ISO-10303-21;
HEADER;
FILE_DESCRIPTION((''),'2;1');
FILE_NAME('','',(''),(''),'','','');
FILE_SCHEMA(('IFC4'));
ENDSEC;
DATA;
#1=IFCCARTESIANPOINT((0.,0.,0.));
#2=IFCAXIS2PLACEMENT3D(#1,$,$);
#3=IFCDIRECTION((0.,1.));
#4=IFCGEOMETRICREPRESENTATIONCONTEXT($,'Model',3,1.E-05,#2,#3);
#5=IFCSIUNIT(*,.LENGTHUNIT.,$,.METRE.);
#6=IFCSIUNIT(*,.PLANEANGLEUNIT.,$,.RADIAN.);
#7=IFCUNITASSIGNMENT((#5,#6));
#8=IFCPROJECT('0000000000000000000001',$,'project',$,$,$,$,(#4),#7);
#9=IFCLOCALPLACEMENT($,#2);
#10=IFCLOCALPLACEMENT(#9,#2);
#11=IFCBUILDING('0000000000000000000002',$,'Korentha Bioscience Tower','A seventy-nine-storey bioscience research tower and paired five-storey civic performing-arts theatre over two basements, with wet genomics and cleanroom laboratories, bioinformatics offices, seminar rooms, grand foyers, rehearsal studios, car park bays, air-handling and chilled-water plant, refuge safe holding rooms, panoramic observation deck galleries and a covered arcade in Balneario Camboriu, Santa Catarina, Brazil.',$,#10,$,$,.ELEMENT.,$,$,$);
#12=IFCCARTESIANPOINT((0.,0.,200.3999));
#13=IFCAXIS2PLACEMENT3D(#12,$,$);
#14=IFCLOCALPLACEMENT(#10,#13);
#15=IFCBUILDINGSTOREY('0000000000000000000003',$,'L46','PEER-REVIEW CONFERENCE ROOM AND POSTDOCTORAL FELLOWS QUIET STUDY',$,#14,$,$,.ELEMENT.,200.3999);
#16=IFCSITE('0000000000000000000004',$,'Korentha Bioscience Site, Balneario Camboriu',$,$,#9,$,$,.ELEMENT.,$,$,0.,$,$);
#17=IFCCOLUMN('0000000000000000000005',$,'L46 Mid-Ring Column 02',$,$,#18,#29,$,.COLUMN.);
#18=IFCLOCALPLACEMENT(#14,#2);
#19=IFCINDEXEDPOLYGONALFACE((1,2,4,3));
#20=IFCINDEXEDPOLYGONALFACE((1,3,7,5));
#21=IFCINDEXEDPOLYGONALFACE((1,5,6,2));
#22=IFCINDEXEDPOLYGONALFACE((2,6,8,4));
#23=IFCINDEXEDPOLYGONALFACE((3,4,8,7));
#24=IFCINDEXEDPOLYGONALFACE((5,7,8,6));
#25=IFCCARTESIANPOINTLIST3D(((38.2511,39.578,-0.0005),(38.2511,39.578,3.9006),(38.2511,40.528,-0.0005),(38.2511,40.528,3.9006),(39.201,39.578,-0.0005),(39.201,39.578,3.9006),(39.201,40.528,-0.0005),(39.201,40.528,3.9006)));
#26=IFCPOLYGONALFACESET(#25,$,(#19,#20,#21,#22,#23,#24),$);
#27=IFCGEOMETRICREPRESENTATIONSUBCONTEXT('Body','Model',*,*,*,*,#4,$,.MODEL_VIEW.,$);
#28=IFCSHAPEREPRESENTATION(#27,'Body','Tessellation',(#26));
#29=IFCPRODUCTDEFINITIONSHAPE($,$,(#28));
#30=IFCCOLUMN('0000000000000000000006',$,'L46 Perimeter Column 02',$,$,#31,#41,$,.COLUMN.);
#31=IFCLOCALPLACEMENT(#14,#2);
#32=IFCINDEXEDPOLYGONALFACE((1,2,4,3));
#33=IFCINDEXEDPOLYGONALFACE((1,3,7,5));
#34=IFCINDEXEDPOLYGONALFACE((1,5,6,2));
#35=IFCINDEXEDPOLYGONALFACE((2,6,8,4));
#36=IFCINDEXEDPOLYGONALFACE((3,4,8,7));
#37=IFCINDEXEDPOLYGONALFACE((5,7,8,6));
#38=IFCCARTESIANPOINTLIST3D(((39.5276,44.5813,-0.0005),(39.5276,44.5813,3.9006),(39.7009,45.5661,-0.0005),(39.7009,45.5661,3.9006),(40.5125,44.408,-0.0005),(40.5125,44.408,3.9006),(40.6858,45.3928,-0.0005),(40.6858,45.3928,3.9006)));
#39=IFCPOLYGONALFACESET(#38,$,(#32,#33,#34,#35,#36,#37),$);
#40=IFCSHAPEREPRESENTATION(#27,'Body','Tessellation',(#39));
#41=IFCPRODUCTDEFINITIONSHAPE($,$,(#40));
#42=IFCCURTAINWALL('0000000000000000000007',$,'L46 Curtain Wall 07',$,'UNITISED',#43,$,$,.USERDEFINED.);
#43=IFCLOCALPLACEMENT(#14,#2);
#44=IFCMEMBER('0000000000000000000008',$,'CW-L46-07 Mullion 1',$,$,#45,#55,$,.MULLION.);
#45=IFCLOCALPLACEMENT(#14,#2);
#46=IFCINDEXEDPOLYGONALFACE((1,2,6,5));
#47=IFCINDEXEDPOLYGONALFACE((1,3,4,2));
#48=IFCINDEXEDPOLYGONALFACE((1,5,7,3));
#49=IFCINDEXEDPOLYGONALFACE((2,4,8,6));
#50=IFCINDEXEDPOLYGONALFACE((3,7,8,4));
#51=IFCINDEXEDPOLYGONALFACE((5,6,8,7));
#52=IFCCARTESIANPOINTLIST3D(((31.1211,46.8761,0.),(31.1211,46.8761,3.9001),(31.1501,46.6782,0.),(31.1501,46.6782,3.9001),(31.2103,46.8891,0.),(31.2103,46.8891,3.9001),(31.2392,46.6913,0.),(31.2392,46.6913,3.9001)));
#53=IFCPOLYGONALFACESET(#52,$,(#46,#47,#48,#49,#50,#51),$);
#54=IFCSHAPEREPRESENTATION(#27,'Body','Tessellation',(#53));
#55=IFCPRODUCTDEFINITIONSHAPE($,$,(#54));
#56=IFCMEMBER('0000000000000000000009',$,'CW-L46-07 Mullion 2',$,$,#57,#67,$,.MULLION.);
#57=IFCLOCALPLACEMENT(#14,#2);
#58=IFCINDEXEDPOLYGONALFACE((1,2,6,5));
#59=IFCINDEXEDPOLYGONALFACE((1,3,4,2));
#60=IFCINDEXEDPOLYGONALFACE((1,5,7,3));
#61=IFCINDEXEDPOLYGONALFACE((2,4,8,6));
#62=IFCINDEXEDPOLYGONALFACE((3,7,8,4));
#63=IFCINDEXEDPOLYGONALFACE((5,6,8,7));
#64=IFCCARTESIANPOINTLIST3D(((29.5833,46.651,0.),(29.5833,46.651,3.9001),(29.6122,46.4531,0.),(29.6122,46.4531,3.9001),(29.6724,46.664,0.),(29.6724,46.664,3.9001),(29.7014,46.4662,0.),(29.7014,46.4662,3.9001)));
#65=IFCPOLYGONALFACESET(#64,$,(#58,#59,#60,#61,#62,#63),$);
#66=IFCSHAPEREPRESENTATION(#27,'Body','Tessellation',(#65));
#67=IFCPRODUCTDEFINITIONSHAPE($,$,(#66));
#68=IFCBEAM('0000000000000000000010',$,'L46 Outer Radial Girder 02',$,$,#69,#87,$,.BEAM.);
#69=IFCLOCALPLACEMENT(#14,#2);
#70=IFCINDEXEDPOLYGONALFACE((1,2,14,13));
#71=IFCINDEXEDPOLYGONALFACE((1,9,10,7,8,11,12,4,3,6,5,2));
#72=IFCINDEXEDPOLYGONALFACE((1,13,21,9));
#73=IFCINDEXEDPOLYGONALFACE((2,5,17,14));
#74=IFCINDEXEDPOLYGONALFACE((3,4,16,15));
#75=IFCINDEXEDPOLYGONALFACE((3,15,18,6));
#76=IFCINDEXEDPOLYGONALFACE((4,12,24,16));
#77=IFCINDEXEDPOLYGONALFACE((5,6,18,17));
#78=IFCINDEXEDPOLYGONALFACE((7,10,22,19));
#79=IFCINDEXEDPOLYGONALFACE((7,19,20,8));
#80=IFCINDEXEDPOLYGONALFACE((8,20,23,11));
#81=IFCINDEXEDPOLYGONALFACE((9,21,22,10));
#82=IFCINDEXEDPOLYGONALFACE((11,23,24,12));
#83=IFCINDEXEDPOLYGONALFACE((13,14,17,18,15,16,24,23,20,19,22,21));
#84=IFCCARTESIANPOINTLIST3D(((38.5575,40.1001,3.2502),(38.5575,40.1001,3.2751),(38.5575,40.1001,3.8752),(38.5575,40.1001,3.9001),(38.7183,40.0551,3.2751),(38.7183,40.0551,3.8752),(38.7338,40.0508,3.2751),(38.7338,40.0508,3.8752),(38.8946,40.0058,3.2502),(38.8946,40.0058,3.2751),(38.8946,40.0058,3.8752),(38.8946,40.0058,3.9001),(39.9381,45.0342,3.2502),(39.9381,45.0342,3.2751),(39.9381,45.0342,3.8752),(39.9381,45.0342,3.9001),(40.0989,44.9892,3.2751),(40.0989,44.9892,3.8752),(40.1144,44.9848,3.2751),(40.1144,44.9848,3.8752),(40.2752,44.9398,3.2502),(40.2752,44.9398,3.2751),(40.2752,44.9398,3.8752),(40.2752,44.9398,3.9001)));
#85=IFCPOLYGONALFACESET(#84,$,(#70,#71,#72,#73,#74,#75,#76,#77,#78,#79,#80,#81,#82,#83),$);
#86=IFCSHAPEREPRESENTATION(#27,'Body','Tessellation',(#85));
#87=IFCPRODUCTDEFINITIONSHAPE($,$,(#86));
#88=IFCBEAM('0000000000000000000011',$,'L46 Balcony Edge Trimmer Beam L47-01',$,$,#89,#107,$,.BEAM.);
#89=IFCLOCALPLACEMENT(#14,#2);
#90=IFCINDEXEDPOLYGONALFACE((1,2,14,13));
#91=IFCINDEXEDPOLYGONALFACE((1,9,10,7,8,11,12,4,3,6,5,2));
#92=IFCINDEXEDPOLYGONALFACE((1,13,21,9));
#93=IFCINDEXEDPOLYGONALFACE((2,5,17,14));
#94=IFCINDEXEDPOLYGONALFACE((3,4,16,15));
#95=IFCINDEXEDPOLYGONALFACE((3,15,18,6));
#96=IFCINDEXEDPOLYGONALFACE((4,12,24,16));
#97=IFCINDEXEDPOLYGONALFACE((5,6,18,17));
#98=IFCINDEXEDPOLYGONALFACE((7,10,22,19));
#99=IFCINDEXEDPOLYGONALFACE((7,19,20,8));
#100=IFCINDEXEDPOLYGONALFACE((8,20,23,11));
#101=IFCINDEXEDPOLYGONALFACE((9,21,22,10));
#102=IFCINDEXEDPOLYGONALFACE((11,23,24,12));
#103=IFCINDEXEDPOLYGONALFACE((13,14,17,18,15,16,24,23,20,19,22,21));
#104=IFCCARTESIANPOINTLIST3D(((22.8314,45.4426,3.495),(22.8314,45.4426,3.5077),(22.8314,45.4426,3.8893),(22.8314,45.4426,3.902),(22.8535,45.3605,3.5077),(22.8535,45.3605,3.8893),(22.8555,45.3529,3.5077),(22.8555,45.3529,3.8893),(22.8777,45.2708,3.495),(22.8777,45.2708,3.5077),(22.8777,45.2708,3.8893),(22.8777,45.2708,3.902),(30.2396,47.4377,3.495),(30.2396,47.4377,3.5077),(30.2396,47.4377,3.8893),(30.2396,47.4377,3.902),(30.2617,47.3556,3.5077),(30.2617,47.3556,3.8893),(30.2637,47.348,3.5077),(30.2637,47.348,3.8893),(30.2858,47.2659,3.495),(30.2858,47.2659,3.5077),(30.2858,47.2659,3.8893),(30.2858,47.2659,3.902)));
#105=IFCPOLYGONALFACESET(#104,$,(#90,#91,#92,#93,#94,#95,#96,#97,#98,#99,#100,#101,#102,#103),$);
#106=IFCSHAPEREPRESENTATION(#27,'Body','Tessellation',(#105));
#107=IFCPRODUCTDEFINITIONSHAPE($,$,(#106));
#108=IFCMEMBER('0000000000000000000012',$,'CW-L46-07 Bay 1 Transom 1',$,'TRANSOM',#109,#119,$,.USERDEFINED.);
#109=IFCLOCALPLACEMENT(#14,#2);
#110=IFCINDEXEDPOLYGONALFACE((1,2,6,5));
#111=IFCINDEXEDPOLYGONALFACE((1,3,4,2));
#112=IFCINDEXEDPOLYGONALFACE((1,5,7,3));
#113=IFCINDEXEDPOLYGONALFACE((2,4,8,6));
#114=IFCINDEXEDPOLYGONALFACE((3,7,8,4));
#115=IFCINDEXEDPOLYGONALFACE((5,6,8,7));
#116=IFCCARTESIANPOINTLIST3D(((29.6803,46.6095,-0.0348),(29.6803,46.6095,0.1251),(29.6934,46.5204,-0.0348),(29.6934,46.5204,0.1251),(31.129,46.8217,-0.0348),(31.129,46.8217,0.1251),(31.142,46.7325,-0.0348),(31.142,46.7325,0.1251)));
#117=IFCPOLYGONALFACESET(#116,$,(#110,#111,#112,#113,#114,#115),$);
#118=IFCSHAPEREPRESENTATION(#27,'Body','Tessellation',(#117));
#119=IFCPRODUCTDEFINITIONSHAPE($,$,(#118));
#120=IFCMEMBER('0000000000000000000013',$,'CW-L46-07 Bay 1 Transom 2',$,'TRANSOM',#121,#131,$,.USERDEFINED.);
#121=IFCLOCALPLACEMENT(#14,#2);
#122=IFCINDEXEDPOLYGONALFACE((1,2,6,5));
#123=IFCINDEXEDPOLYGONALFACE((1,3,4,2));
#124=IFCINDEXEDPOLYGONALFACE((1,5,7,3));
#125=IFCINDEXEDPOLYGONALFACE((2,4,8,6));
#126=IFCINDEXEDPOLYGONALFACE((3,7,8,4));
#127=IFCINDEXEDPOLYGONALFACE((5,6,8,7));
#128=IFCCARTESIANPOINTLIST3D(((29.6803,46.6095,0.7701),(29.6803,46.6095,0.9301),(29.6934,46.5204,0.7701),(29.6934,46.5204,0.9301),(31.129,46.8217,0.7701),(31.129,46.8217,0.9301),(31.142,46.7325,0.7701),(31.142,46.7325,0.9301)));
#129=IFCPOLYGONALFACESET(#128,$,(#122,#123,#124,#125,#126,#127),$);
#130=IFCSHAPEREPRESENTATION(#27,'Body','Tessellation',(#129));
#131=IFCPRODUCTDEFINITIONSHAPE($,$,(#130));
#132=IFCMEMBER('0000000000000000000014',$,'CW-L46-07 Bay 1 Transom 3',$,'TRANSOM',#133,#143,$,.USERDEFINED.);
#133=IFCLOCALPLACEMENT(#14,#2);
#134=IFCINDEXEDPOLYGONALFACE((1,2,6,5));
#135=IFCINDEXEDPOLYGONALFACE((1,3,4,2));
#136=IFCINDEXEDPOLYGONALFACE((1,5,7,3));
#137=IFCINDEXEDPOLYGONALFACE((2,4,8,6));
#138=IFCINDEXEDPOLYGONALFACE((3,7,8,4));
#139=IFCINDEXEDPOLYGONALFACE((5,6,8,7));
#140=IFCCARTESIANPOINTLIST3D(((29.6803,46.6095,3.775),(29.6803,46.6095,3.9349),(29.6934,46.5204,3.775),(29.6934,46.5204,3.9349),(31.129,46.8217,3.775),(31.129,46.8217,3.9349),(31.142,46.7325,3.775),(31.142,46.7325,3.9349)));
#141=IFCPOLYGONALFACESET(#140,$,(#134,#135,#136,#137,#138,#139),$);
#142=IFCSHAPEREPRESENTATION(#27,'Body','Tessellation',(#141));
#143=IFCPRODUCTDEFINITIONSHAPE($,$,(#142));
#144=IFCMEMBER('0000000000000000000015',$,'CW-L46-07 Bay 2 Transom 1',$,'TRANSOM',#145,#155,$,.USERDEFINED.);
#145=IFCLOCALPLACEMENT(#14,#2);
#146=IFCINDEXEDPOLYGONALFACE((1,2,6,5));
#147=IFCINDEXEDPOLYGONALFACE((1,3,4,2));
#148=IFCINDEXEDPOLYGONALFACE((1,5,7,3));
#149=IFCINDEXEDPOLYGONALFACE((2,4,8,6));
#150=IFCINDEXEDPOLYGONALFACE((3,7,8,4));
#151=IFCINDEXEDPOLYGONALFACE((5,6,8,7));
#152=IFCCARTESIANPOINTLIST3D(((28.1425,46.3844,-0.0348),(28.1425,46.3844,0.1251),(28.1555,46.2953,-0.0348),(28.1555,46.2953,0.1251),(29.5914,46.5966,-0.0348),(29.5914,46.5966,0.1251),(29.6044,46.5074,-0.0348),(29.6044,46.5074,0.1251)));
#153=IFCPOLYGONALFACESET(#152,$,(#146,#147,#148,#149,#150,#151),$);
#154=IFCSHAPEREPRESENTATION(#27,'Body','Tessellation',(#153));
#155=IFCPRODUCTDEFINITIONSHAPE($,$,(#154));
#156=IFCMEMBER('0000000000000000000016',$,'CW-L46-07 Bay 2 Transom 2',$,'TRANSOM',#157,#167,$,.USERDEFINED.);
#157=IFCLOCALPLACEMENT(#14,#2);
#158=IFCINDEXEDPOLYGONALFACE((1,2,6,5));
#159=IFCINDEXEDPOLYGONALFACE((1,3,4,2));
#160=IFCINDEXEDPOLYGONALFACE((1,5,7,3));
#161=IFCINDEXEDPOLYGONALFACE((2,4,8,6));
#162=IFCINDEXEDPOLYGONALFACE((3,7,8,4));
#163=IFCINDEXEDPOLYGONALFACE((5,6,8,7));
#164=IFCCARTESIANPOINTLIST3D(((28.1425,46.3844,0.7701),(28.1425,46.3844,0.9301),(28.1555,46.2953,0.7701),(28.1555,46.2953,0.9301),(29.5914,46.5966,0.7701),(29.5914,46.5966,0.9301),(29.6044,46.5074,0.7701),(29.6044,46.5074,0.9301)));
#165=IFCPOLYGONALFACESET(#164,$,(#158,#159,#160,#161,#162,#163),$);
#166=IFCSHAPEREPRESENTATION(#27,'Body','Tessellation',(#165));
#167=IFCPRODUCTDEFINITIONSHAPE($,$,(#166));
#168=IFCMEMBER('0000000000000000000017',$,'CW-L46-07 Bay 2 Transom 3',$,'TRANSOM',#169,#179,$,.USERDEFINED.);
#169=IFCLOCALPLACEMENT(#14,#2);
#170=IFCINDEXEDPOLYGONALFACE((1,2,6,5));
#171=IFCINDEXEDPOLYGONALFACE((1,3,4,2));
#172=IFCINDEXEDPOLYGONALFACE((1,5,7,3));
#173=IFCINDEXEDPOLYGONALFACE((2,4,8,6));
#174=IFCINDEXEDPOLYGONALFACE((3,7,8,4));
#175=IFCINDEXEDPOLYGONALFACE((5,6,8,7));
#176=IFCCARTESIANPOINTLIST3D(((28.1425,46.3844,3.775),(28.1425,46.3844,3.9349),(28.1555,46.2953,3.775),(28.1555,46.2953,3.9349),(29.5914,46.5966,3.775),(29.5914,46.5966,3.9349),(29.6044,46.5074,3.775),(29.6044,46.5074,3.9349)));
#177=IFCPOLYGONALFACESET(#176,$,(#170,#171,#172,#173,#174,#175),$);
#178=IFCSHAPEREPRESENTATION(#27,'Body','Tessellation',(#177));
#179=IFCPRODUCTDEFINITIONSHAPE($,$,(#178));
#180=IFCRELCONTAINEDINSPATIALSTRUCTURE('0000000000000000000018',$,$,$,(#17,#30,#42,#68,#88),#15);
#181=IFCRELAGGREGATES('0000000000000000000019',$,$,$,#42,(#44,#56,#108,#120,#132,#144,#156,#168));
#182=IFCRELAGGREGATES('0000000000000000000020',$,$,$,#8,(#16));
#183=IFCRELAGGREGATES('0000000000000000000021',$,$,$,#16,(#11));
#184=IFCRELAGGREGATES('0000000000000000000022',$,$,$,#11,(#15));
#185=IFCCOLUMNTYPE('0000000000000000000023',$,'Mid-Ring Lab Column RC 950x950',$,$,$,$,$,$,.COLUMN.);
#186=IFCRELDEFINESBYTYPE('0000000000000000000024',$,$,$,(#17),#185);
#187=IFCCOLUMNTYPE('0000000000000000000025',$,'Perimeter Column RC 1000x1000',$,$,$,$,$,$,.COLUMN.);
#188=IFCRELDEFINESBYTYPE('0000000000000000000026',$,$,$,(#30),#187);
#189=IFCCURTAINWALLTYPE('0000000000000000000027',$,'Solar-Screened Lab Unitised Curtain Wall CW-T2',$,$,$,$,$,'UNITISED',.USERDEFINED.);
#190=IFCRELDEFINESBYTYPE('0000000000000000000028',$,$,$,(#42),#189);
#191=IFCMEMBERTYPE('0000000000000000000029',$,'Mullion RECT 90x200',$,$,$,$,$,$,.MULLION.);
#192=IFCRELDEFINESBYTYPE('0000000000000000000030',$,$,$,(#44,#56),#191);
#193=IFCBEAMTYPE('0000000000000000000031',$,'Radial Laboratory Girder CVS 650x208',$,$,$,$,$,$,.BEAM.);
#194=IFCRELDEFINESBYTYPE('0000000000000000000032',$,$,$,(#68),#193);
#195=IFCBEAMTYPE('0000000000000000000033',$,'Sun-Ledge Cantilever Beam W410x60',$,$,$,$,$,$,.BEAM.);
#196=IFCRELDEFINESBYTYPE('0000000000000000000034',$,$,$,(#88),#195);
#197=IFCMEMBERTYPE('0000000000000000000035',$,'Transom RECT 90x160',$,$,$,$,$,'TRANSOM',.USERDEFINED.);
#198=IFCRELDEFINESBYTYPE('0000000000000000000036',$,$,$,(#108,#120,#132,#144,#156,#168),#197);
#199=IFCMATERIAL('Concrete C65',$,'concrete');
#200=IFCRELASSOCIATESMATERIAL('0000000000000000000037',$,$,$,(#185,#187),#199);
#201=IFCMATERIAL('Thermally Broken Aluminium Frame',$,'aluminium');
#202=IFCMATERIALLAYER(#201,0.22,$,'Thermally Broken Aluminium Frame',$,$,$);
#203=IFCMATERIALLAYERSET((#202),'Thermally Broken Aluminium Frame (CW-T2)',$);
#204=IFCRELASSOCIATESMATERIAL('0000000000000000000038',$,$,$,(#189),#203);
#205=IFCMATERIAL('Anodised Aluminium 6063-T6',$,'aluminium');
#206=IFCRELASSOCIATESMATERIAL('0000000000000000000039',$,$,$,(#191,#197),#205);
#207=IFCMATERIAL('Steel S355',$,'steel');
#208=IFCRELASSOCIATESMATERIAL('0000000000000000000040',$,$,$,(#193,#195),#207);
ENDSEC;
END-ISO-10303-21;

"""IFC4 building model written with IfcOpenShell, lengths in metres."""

from ifc_helpers import new_model, si_unit, direction, frame, origin, origin_2d, place, context, subcontext, project, spatial, rectangle, i_section, extrude, material, layer, layer_set, material_profile, profile_set, type_object, element, aggregate, save


model = new_model("IFC4")

# Units and contexts
model_context = context("Model", 3, precision=1e-05, world=origin(), true_north=direction((0.0, 1.0)))
body_context = subcontext(model_context, "Body", "Model", "MODEL_VIEW")
ifc_project = project(units=[si_unit("LENGTHUNIT", "METRE"), si_unit("PLANEANGLEUNIT", "RADIAN")], contexts=[model_context])

# Site, building, storey
site_placement = place(None, origin())
site = spatial("IfcSite", under=ifc_project, at=site_placement, Name="Korentha Bioscience Site, Balneario Camboriu", CompositionType="ELEMENT", RefElevation=0.0)
building_placement = place(site_placement, origin())
building = spatial("IfcBuilding", under=site, at=building_placement, Name="Korentha Bioscience Tower", Description="A seventy-nine-storey bioscience research tower and paired five-storey civic performing-arts theatre over two basements, with wet genomics and cleanroom laboratories, bioinformatics offices, seminar rooms, grand foyers, rehearsal studios, car park bays, air-handling and chilled-water plant, refuge safe holding rooms, panoramic observation deck galleries and a covered arcade in Balneario Camboriu, Santa Catarina, Brazil.", CompositionType="ELEMENT")
storey_placement = place(building_placement, frame((0.0, 0.0, 200.3999)))
storey = spatial("IfcBuildingStorey", under=building, at=storey_placement, Name="L46", Description="PEER-REVIEW CONFERENCE ROOM AND POSTDOCTORAL FELLOWS QUIET STUDY", CompositionType="ELEMENT", Elevation=200.3999)

# Columns
ifc_material_1 = material(Name="Concrete C65", Category="concrete")
ifc_material_profile_1 = material_profile(ifc_material_1, rectangle(XDim=0.95, YDim=0.95, at=origin_2d()), Name="Concrete C65")
ifc_profile_set_1 = profile_set([ifc_material_profile_1], Name="Concrete C65 (COL-MR09)")
column_type_1 = type_object("IfcColumnType", Name="Mid-Ring Lab Column RC 950x950", PredefinedType="COLUMN", material=ifc_profile_set_1)
column_1_placement = place(storey_placement, frame((38.7261, 40.053, -0.0005), z_axis=(0.0, 0.0, 1.0), x_axis=(1.0, 0.0, 0.0)))
element("IfcColumn", 1, at=column_1_placement, inside=storey, type_object=column_type_1, Name="L46 Mid-Ring Column 02", PredefinedType="COLUMN", context=body_context, shape_type="SweptSolid", body=[
    extrude(rectangle(XDim=0.95, YDim=0.95, at=origin_2d()), origin(), (0.0, 0.0, 1.0), 3.9011),
])
ifc_material_profile_2 = material_profile(ifc_material_1, rectangle(XDim=1.0, YDim=1.0, at=origin_2d()), Name="Concrete C65")
ifc_profile_set_2 = profile_set([ifc_material_profile_2], Name="Concrete C65 (COL-P10)")
column_type_2 = type_object("IfcColumnType", Name="Perimeter Column RC 1000x1000", PredefinedType="COLUMN", material=ifc_profile_set_2)
column_2_placement = place(storey_placement, frame((40.1067, 44.9871, -0.0005), z_axis=(0.0, 0.0, 1.0), x_axis=(-0.984868, 0.173304, 0.0)))
element("IfcColumn", 2, at=column_2_placement, inside=storey, type_object=column_type_2, Name="L46 Perimeter Column 02", PredefinedType="COLUMN", context=body_context, shape_type="SweptSolid", body=[
    extrude(rectangle(XDim=1.0, YDim=1.0, at=origin_2d()), origin(), (0.0, 0.0, 1.0), 3.9011),
])

# Curtain wall, members
ifc_material_2 = material(Name="Thermally Broken Aluminium Frame", Category="aluminium")
ifc_layer_1 = layer(ifc_material_2, 0.22, Name="Thermally Broken Aluminium Frame")
ifc_layer_set_1 = layer_set([ifc_layer_1], Name="Thermally Broken Aluminium Frame (CW-T2)")
curtain_wall_type = type_object("IfcCurtainWallType", Name="Solar-Screened Lab Unitised Curtain Wall CW-T2", ElementType="UNITISED", PredefinedType="USERDEFINED", material=ifc_layer_set_1)
curtain_wall_placement = place(storey_placement, origin())
curtain_wall = element("IfcCurtainWall", 3, at=curtain_wall_placement, inside=storey, type_object=curtain_wall_type, Name="L46 Curtain Wall 07", ObjectType="UNITISED", PredefinedType="USERDEFINED")
ifc_material_3 = material(Name="Anodised Aluminium 6063-T6", Category="aluminium")
ifc_material_profile_3 = material_profile(ifc_material_3, rectangle(XDim=0.0901, YDim=0.2, at=origin_2d()), Name="Anodised Aluminium 6063-T6")
ifc_profile_set_3 = profile_set([ifc_material_profile_3], Name="Anodised Aluminium 6063-T6 (CW-MUL)")
member_type_1 = type_object("IfcMemberType", Name="Mullion RECT 90x200", PredefinedType="MULLION", material=ifc_profile_set_3)
member_1_placement = place(storey_placement, frame((31.1802, 46.7837, 0.0), z_axis=(0.0, 0.0, 1.0), x_axis=(-0.989449, -0.144878, 0.0)))
member_1 = element("IfcMember", 4, at=member_1_placement, type_object=member_type_1, Name="CW-L46-07 Mullion 1", PredefinedType="MULLION", context=body_context, shape_type="SweptSolid", body=[
    extrude(rectangle(XDim=0.0901, YDim=0.2, at=origin_2d()), origin(), (0.0, 0.0, 1.0), 3.9001),
])
member_2_placement = place(storey_placement, frame((29.6423, 46.5586, 0.0), z_axis=(0.0, 0.0, 1.0), x_axis=(-0.989449, -0.144878, 0.0)))
member_2 = element("IfcMember", 5, at=member_2_placement, type_object=member_type_1, Name="CW-L46-07 Mullion 2", PredefinedType="MULLION", context=body_context, shape_type="SweptSolid", body=[
    extrude(rectangle(XDim=0.0901, YDim=0.2, at=origin_2d()), origin(), (0.0, 0.0, 1.0), 3.9001),
])

# Beams
ifc_material_4 = material(Name="Steel S355", Category="steel")
ifc_material_profile_4 = material_profile(ifc_material_4, i_section(OverallWidth=0.3501, OverallDepth=0.6499, WebThickness=0.0161, FlangeThickness=0.0249, at=origin_2d()), Name="Steel S355")
ifc_profile_set_4 = profile_set([ifc_material_profile_4], Name="Steel S355 (RB-650)")
beam_type_1 = type_object("IfcBeamType", Name="Radial Laboratory Girder CVS 650x208", PredefinedType="BEAM", material=ifc_profile_set_4)
beam_1_placement = place(storey_placement, frame((38.7261, 40.053, 3.5752), z_axis=(0.269462, 0.963011, 0.0), x_axis=(-0.963011, 0.269462, 0.0)))
element("IfcBeam", 6, at=beam_1_placement, inside=storey, type_object=beam_type_1, Name="L46 Outer Radial Girder 02", PredefinedType="BEAM", context=body_context, shape_type="SweptSolid", body=[
    extrude(i_section(OverallWidth=0.3501, OverallDepth=0.6499, WebThickness=0.0161, FlangeThickness=0.0249, at=origin_2d()), origin(), (0.0, 0.0, 1.0), 5.1235),
])
ifc_material_profile_5 = material_profile(ifc_material_4, i_section(OverallWidth=0.178, OverallDepth=0.407, WebThickness=0.0078, FlangeThickness=0.0127, at=origin_2d()), Name="Steel S355")
ifc_profile_set_5 = profile_set([ifc_material_profile_5], Name="Steel S355 (CB-410)")
beam_type_2 = type_object("IfcBeamType", Name="Sun-Ledge Cantilever Beam W410x60", PredefinedType="BEAM", material=ifc_profile_set_5)
beam_2_placement = place(storey_placement, frame((30.2627, 47.3518, 3.6985), z_axis=(-0.965596, -0.260047, 0.0), x_axis=(0.260047, -0.965596, 0.0)))
element("IfcBeam", 7, at=beam_2_placement, inside=storey, type_object=beam_type_2, Name="L46 Balcony Edge Trimmer Beam L47-01", PredefinedType="BEAM", context=body_context, shape_type="SweptSolid", body=[
    extrude(i_section(OverallWidth=0.178, OverallDepth=0.407, WebThickness=0.0078, FlangeThickness=0.0127, at=origin_2d()), origin(), (0.0, 0.0, 1.0), 7.6721),
])

# Members
ifc_material_profile_6 = material_profile(ifc_material_3, rectangle(XDim=0.0901, YDim=0.1599, at=origin_2d()), Name="Anodised Aluminium 6063-T6")
ifc_profile_set_6 = profile_set([ifc_material_profile_6], Name="Anodised Aluminium 6063-T6 (CW-TRN)")
member_type_2 = type_object("IfcMemberType", Name="Transom RECT 90x160", ElementType="TRANSOM", PredefinedType="USERDEFINED", material=ifc_profile_set_6)
member_3_placement = place(storey_placement, frame((31.1355, 46.7771, 0.0452), z_axis=(-0.989446, -0.144899, 0.0), x_axis=(0.144899, -0.989446, 0.0)))
member_3 = element("IfcMember", 8, at=member_3_placement, type_object=member_type_2, Name="CW-L46-07 Bay 1 Transom 1", ObjectType="TRANSOM", PredefinedType="USERDEFINED", context=body_context, shape_type="SweptSolid", body=[
    extrude(rectangle(XDim=0.0901, YDim=0.1599, at=origin_2d()), origin(), (0.0, 0.0, 1.0), 1.4641),
])
member_4_placement = place(storey_placement, frame((31.1355, 46.7771, 0.8501), z_axis=(-0.989446, -0.144899, 0.0), x_axis=(0.144899, -0.989446, 0.0)))
member_4 = element("IfcMember", 9, at=member_4_placement, type_object=member_type_2, Name="CW-L46-07 Bay 1 Transom 2", ObjectType="TRANSOM", PredefinedType="USERDEFINED", context=body_context, shape_type="SweptSolid", body=[
    extrude(rectangle(XDim=0.0901, YDim=0.1599, at=origin_2d()), origin(), (0.0, 0.0, 1.0), 1.4641),
])
member_5_placement = place(storey_placement, frame((31.1355, 46.7771, 3.855), z_axis=(-0.989446, -0.144899, 0.0), x_axis=(0.144899, -0.989446, 0.0)))
member_5 = element("IfcMember", 10, at=member_5_placement, type_object=member_type_2, Name="CW-L46-07 Bay 1 Transom 3", ObjectType="TRANSOM", PredefinedType="USERDEFINED", context=body_context, shape_type="SweptSolid", body=[
    extrude(rectangle(XDim=0.0901, YDim=0.1599, at=origin_2d()), origin(), (0.0, 0.0, 1.0), 1.4641),
])
member_6_placement = place(storey_placement, frame((29.5979, 46.552, 0.0452), z_axis=(-0.98945, -0.144875, 0.0), x_axis=(0.144875, -0.98945, 0.0)))
member_6 = element("IfcMember", 11, at=member_6_placement, type_object=member_type_2, Name="CW-L46-07 Bay 2 Transom 1", ObjectType="TRANSOM", PredefinedType="USERDEFINED", context=body_context, shape_type="SweptSolid", body=[
    extrude(rectangle(XDim=0.0901, YDim=0.1599, at=origin_2d()), origin(), (0.0, 0.0, 1.0), 1.4644),
])
member_7_placement = place(storey_placement, frame((29.5979, 46.552, 0.8501), z_axis=(-0.98945, -0.144875, 0.0), x_axis=(0.144875, -0.98945, 0.0)))
member_7 = element("IfcMember", 12, at=member_7_placement, type_object=member_type_2, Name="CW-L46-07 Bay 2 Transom 2", ObjectType="TRANSOM", PredefinedType="USERDEFINED", context=body_context, shape_type="SweptSolid", body=[
    extrude(rectangle(XDim=0.0901, YDim=0.1599, at=origin_2d()), origin(), (0.0, 0.0, 1.0), 1.4644),
])
member_8_placement = place(storey_placement, frame((29.5979, 46.552, 3.855), z_axis=(-0.98945, -0.144875, 0.0), x_axis=(0.144875, -0.98945, 0.0)))
member_8 = element("IfcMember", 13, at=member_8_placement, type_object=member_type_2, Name="CW-L46-07 Bay 2 Transom 3", ObjectType="TRANSOM", PredefinedType="USERDEFINED", context=body_context, shape_type="SweptSolid", body=[
    extrude(rectangle(XDim=0.0901, YDim=0.1599, at=origin_2d()), origin(), (0.0, 0.0, 1.0), 1.4644),
])

aggregate(curtain_wall, [member_1, member_2, member_3, member_4, member_5, member_6, member_7, member_8])

save(model, "model.ifc")
